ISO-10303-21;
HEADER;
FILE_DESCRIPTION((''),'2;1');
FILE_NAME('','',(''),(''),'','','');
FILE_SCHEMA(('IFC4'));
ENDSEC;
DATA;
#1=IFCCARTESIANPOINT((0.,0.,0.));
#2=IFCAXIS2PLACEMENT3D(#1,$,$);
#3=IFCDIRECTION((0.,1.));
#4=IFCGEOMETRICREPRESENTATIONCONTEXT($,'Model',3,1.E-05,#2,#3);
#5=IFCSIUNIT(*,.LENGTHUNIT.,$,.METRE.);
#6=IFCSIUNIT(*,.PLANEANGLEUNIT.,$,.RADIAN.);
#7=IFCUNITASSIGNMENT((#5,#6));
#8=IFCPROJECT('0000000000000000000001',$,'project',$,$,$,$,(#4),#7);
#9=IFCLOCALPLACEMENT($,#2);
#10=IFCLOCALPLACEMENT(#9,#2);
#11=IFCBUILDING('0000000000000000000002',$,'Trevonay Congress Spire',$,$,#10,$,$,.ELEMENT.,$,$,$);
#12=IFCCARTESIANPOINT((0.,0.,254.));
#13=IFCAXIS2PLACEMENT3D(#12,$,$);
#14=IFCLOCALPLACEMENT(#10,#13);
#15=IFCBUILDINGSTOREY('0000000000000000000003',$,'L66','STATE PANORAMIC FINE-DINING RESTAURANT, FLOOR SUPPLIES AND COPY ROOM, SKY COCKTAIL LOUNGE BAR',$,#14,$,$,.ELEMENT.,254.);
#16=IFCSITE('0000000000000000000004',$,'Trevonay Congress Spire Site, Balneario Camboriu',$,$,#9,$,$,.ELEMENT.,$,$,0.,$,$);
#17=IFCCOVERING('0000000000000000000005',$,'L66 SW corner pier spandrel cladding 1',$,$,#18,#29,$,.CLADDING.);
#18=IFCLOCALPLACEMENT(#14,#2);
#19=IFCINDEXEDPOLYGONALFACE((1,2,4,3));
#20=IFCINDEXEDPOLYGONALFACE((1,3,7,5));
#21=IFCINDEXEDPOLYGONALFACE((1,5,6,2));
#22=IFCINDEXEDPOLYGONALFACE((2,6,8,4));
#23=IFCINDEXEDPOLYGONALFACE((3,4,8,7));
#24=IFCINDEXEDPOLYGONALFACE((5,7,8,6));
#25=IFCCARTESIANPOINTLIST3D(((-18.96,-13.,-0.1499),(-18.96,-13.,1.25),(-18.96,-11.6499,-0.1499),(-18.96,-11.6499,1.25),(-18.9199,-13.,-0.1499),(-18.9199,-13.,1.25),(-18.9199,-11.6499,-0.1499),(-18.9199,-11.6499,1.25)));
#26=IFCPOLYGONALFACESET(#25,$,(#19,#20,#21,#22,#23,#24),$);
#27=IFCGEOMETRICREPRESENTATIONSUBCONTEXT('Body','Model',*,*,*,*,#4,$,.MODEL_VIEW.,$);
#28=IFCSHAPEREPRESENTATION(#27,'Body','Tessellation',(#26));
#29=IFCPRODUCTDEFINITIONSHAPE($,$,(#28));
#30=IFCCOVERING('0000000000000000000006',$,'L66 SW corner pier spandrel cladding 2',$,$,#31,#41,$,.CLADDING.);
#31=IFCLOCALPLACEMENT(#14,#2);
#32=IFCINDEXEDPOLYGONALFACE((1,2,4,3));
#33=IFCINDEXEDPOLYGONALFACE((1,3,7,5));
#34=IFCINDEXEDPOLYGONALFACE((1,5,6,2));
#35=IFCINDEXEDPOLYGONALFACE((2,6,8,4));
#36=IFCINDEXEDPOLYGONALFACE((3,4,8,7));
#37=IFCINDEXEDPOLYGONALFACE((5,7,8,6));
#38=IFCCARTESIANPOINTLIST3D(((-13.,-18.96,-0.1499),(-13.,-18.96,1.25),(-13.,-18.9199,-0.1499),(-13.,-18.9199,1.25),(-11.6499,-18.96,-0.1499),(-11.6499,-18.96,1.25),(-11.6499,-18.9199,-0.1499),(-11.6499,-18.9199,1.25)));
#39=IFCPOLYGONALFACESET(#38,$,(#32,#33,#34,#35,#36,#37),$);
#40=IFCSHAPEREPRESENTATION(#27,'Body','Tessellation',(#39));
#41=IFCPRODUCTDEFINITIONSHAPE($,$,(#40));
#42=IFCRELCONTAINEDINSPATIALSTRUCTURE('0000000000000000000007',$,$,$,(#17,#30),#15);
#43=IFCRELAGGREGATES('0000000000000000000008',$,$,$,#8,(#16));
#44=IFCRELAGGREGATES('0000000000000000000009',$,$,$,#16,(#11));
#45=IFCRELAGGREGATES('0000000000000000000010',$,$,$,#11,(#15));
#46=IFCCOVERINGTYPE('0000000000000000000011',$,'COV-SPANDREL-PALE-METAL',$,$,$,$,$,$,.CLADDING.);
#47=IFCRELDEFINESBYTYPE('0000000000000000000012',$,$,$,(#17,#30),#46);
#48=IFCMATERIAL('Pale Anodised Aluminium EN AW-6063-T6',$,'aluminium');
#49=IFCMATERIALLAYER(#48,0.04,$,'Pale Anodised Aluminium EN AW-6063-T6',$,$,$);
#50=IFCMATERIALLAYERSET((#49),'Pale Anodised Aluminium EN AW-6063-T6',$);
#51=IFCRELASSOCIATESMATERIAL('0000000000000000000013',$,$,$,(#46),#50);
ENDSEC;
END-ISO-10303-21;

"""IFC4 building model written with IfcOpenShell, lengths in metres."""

from ifc_helpers import new_model, si_unit, direction, frame, frame_2d, origin, place, context, subcontext, project, spatial, rectangle, extrude, material, layer, layer_set, type_object, element, save


model = new_model("IFC4")

# Units and contexts
model_context = context("Model", 3, precision=1e-05, world=origin(), true_north=direction((0.0, 1.0)))
body_context = subcontext(model_context, "Body", "Model", "MODEL_VIEW")
ifc_project = project(units=[si_unit("LENGTHUNIT", "METRE"), si_unit("PLANEANGLEUNIT", "RADIAN")], contexts=[model_context])

# Site, building, storey
site_placement = place(None, origin())
site = spatial("IfcSite", under=ifc_project, at=site_placement, Name="Trevonay Congress Spire Site, Balneario Camboriu", CompositionType="ELEMENT", RefElevation=0.0)
building_placement = place(site_placement, origin())
building = spatial("IfcBuilding", under=site, at=building_placement, Name="Trevonay Congress Spire", CompositionType="ELEMENT")
storey_placement = place(building_placement, frame((0.0, 0.0, 254.0)))
storey = spatial("IfcBuildingStorey", under=building, at=storey_placement, Name="L66", Description="STATE PANORAMIC FINE-DINING RESTAURANT, FLOOR SUPPLIES AND COPY ROOM, SKY COCKTAIL LOUNGE BAR", CompositionType="ELEMENT", Elevation=254.0)

# Shared definitions
ifc_material_1 = material(Name="Pale Anodised Aluminium EN AW-6063-T6", Category="aluminium")

# Coverings
ifc_layer_1 = layer(ifc_material_1, 0.04, Name="Pale Anodised Aluminium EN AW-6063-T6")
ifc_layer_set_1 = layer_set([ifc_layer_1], Name="Pale Anodised Aluminium EN AW-6063-T6")
covering_type = type_object("IfcCoveringType", Name="COV-SPANDREL-PALE-METAL", PredefinedType="CLADDING", material=ifc_layer_set_1)
for number, where, z_axis, x_axis, name in (
    (1, (-18.9399, -11.6499, -0.1499), (0.0, 0.0, 1.0), (0.0, -1.0, 0.0), "L66 SW corner pier spandrel cladding 1"),
    (2, (-11.6499, -18.9399, -0.1499), (0.0, 0.0, 1.0), (-1.0, 0.0, 0.0), "L66 SW corner pier spandrel cladding 2"),
):
    element("IfcCovering", number, at=place(storey_placement, frame(where, z_axis=z_axis, x_axis=x_axis)), inside=storey, type_object=covering_type, Name=name, PredefinedType="CLADDING", context=body_context, shape_type="SweptSolid", body=[
        extrude(rectangle(XDim=1.3501, YDim=0.04, at=frame_2d((0.675, 0.0))), origin(), (0.0, 0.0, 1.0), 1.3999),
    ])

save(model, "model.ifc")
